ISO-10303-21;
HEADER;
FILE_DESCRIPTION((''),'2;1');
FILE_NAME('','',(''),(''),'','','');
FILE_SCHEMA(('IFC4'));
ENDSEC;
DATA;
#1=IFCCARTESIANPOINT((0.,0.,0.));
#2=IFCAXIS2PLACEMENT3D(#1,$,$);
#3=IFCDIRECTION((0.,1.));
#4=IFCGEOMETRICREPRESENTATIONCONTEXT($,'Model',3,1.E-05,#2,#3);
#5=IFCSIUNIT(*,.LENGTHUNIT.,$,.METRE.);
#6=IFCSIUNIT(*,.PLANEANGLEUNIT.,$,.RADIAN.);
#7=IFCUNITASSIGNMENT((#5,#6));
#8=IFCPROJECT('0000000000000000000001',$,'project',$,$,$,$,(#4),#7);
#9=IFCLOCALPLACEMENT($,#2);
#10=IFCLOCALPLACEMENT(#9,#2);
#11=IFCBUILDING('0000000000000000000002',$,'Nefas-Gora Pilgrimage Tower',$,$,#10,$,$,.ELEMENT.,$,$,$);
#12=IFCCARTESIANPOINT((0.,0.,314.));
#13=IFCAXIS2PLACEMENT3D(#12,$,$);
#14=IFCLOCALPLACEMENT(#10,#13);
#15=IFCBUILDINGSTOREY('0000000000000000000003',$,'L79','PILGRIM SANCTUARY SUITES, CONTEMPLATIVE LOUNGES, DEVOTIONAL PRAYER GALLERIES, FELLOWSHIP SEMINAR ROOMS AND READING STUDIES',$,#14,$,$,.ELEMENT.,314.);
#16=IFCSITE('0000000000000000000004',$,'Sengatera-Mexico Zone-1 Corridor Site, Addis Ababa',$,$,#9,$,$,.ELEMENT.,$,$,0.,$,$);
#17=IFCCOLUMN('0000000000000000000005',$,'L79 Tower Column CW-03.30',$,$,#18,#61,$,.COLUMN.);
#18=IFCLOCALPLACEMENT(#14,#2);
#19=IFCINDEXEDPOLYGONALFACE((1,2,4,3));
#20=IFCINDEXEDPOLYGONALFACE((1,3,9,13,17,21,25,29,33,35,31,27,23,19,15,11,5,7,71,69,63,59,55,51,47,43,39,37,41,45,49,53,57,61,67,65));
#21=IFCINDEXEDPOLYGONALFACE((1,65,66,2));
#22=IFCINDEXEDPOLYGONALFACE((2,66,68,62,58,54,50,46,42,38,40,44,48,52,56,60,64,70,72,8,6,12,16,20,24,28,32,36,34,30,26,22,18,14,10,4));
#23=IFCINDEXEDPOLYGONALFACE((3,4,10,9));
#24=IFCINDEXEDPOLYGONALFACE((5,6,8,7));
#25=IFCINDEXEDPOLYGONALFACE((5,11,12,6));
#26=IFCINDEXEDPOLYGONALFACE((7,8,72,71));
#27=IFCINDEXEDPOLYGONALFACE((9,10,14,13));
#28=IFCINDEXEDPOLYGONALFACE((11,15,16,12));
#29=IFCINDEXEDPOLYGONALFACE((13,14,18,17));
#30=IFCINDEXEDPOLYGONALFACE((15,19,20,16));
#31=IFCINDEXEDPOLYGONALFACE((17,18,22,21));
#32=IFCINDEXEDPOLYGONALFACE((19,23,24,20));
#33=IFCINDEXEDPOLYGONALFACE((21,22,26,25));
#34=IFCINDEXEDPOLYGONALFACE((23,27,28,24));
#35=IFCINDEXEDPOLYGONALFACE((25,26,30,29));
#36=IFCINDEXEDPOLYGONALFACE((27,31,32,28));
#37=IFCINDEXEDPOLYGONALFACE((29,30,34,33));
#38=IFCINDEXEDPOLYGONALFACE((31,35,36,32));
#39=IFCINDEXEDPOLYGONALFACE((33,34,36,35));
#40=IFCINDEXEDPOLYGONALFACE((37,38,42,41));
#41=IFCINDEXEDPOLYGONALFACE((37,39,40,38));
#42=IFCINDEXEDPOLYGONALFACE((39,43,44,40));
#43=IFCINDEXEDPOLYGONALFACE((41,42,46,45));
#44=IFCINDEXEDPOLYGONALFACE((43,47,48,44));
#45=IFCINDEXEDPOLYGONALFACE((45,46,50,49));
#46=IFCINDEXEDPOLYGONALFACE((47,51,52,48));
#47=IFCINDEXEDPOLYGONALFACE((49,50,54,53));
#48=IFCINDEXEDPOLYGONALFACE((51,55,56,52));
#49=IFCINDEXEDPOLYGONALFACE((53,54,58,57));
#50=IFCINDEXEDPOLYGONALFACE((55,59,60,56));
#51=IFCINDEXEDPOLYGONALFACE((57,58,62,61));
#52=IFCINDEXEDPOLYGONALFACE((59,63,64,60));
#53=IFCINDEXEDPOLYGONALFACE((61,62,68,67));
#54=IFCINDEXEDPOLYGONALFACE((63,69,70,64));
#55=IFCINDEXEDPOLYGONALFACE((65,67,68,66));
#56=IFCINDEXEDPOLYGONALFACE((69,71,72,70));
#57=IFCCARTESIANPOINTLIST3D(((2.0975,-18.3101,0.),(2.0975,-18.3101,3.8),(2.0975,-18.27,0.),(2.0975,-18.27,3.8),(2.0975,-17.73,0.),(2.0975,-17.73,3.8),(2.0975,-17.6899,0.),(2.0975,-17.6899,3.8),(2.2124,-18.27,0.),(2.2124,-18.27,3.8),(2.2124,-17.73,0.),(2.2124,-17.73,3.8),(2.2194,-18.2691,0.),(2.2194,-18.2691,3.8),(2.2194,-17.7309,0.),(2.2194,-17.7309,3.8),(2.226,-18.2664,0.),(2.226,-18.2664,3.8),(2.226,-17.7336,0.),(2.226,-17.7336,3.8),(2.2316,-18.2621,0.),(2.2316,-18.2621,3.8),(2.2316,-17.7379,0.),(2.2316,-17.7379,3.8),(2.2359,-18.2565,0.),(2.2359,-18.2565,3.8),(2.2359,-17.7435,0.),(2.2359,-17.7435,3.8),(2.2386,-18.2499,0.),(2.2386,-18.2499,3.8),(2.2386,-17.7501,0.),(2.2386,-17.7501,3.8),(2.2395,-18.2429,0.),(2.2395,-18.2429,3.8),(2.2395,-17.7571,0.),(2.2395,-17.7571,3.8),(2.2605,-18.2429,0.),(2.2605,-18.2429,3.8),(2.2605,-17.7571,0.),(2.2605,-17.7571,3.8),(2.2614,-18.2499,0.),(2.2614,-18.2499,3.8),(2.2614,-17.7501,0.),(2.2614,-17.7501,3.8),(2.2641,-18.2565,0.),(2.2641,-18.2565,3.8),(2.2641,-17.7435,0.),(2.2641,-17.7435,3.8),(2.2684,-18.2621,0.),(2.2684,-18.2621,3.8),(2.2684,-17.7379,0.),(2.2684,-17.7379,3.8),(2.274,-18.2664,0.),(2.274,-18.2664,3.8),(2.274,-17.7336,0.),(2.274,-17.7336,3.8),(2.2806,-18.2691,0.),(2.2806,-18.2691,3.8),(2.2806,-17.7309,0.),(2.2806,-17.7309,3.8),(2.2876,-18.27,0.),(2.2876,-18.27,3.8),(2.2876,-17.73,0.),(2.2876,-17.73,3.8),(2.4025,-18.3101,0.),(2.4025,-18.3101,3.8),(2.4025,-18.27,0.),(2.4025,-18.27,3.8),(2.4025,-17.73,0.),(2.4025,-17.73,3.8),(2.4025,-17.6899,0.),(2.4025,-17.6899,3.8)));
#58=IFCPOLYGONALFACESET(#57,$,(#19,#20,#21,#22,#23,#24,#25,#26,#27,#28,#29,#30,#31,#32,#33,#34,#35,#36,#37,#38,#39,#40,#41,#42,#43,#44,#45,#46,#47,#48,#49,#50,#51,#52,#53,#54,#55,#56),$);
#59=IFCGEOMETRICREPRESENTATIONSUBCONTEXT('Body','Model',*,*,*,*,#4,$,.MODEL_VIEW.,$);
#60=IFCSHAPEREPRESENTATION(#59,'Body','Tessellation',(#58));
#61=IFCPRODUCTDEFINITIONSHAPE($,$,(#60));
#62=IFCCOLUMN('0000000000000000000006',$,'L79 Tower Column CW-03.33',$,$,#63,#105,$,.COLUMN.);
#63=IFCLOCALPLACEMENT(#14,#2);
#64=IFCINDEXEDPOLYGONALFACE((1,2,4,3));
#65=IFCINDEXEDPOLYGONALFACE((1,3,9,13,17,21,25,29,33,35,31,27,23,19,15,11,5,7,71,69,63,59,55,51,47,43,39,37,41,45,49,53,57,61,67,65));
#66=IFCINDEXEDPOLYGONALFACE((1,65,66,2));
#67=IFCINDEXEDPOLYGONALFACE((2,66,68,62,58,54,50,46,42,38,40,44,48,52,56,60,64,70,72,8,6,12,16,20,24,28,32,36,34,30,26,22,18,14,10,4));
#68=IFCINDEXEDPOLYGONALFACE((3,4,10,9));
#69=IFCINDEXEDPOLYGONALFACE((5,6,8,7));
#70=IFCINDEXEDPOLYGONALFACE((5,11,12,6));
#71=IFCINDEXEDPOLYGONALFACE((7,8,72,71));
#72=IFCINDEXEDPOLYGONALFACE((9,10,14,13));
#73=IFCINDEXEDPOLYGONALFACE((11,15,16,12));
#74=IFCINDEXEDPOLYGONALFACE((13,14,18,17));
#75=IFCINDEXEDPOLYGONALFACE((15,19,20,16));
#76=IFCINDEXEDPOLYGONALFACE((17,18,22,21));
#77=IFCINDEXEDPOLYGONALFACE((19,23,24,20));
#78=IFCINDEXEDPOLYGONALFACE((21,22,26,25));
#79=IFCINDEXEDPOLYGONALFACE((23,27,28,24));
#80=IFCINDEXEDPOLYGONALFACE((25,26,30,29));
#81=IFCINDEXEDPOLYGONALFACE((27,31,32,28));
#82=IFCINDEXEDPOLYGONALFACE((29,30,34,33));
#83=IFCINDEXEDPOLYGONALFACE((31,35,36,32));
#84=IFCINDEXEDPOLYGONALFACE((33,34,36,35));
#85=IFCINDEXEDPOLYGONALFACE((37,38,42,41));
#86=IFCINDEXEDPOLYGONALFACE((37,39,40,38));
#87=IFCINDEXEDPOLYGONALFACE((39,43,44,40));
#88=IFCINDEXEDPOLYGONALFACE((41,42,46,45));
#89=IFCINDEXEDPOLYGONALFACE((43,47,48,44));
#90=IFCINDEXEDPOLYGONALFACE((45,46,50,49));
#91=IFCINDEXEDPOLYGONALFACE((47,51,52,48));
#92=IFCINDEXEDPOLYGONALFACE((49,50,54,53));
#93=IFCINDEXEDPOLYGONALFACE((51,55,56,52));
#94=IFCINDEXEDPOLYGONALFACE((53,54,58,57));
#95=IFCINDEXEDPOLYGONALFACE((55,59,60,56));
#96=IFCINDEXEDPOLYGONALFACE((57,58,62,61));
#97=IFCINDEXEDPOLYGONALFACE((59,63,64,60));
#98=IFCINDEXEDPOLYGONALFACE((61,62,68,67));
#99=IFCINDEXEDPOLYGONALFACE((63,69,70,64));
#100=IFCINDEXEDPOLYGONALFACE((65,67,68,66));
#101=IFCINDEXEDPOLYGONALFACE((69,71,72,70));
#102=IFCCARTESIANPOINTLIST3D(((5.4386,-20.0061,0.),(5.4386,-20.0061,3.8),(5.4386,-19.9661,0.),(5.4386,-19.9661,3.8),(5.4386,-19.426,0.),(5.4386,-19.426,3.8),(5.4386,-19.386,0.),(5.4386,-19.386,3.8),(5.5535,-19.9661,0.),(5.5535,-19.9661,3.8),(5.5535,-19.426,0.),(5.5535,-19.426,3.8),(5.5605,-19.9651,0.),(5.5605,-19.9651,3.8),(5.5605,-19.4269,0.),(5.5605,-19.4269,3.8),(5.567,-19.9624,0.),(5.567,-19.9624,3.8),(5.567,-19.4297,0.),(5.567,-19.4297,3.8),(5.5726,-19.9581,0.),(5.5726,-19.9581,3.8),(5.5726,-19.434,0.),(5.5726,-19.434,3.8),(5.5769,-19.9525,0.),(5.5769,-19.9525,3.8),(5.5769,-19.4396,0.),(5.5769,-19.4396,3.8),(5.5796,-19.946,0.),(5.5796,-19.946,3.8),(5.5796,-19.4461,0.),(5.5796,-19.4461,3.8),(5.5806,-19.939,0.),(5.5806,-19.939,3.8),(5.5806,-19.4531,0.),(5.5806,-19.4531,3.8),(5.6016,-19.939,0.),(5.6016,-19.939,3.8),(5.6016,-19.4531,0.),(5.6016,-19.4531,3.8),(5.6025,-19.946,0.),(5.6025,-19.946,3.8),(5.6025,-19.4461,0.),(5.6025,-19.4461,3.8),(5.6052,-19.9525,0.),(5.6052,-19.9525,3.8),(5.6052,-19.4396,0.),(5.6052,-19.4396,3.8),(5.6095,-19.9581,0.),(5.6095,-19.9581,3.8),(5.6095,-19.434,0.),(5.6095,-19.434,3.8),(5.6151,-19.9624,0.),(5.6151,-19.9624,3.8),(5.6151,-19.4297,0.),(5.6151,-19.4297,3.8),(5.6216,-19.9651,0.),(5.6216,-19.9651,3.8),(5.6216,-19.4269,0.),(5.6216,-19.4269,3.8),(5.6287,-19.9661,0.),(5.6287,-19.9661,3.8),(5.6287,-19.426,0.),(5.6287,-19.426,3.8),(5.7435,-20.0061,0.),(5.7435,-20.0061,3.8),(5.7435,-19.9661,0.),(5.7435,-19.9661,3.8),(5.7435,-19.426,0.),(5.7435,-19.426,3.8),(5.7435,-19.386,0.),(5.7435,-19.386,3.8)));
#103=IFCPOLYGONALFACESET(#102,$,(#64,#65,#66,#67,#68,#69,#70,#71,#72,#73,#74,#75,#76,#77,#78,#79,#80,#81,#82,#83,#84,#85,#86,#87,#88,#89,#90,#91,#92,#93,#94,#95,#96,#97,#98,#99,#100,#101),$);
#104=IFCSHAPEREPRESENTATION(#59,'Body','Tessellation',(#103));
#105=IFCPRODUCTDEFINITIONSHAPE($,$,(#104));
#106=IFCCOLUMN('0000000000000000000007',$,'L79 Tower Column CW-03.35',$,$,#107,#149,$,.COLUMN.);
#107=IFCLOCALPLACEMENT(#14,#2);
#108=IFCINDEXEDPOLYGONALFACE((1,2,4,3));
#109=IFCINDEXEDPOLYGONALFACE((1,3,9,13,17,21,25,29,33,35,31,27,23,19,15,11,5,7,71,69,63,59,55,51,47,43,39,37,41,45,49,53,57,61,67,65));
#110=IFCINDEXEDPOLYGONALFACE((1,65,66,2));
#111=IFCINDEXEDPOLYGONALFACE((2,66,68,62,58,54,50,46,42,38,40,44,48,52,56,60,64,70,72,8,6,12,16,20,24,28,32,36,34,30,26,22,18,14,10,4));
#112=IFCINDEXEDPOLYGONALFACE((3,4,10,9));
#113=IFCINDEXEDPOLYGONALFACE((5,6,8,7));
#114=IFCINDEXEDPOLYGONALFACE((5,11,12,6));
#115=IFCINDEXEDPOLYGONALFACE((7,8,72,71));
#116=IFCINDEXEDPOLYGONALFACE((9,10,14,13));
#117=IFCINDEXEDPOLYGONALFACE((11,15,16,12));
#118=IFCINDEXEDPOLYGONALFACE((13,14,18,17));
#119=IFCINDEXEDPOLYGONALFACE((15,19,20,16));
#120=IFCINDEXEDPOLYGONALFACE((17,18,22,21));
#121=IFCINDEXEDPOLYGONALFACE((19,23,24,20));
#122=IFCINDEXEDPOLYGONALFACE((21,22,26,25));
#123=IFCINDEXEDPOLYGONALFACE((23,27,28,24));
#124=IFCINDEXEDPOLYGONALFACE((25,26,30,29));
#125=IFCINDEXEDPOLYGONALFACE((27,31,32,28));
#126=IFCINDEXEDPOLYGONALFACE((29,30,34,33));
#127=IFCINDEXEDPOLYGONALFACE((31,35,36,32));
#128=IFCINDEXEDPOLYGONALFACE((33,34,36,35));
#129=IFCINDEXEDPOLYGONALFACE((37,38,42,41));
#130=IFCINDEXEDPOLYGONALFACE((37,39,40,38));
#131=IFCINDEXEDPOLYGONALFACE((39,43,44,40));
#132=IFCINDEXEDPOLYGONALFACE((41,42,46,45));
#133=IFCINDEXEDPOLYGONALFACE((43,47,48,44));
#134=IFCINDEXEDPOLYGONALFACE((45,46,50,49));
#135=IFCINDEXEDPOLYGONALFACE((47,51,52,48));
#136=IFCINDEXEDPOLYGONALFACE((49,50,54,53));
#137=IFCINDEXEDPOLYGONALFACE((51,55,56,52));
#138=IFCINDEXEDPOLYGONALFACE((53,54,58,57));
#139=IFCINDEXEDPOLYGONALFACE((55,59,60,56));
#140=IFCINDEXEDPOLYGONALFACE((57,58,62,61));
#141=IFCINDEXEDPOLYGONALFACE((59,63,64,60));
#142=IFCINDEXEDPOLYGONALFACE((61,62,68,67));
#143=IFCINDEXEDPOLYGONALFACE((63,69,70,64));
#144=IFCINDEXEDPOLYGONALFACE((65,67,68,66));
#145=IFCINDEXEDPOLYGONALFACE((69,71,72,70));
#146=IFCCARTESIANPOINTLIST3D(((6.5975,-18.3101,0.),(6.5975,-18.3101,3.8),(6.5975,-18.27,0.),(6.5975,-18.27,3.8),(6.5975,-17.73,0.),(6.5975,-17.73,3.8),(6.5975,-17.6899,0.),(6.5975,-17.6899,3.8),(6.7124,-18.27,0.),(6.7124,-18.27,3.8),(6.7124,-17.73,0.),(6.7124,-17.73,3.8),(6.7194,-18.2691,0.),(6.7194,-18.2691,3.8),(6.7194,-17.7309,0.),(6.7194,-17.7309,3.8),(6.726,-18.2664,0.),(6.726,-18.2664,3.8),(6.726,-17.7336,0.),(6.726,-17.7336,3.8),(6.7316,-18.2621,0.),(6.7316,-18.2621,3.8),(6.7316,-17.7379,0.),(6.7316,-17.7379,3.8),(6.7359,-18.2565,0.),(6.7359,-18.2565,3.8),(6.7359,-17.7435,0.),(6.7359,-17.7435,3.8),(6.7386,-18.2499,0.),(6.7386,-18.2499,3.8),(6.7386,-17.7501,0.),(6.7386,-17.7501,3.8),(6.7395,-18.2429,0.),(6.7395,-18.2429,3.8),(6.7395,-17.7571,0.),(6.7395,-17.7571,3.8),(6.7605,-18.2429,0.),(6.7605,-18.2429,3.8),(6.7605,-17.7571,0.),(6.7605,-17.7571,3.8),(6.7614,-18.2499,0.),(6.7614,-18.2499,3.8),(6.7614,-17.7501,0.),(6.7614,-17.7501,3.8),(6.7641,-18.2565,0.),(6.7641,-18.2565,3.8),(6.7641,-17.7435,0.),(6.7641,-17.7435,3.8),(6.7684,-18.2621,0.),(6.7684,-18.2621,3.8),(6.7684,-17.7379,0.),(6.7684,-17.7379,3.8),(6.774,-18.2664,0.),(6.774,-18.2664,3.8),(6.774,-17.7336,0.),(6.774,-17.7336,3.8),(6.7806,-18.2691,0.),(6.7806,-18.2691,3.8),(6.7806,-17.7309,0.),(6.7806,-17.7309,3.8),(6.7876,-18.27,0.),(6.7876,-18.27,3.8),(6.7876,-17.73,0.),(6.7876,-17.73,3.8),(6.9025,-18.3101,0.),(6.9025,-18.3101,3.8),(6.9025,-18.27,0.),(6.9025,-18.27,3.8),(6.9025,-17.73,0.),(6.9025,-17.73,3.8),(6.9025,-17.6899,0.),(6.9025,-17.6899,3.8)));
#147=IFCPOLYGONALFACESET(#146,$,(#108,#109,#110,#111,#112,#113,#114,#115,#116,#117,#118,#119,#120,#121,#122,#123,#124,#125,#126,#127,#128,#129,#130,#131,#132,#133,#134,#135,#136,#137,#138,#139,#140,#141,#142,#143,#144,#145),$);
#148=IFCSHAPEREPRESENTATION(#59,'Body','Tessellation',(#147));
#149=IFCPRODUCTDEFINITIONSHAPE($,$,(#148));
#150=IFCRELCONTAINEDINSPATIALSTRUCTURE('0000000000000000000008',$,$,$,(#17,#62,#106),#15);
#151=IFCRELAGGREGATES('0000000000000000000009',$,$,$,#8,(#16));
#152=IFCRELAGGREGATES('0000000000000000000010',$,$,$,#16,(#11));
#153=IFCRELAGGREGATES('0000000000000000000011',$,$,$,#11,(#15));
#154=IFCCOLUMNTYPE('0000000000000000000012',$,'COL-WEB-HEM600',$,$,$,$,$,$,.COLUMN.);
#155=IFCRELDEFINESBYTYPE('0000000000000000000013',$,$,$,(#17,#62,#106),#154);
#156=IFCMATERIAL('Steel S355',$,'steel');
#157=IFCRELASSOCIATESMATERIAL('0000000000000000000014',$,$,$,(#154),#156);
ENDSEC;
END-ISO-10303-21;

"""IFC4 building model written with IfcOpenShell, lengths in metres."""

from ifc_helpers import new_model, si_unit, direction, frame, origin, origin_2d, place, context, subcontext, project, spatial, i_section, extrude, source, transform, mapped, material, material_profile, profile_set, type_object, element, save


model = new_model("IFC4")

# Units and contexts
model_context = context("Model", 3, precision=1e-05, world=origin(), true_north=direction((0.0, 1.0)))
body_context = subcontext(model_context, "Body", "Model", "MODEL_VIEW")
ifc_project = project(units=[si_unit("LENGTHUNIT", "METRE"), si_unit("PLANEANGLEUNIT", "RADIAN")], contexts=[model_context])

# Site, building, storey
site_placement = place(None, origin())
site = spatial("IfcSite", under=ifc_project, at=site_placement, Name="Sengatera-Mexico Zone-1 Corridor Site, Addis Ababa", CompositionType="ELEMENT", RefElevation=0.0)
building_placement = place(site_placement, origin())
building = spatial("IfcBuilding", under=site, at=building_placement, Name="Nefas-Gora Pilgrimage Tower", CompositionType="ELEMENT")
storey_placement = place(building_placement, frame((0.0, 0.0, 314.0)))
storey = spatial("IfcBuildingStorey", under=building, at=storey_placement, Name="L79", Description="PILGRIM SANCTUARY SUITES, CONTEMPLATIVE LOUNGES, DEVOTIONAL PRAYER GALLERIES, FELLOWSHIP SEMINAR ROOMS AND READING STUDIES", CompositionType="ELEMENT", Elevation=314.0)

# Columns
ifc_material_1 = material(Name="Steel S355", Category="steel")
ifc_material_profile_1 = material_profile(ifc_material_1, i_section(OverallWidth=0.3049, OverallDepth=0.6201, WebThickness=0.021, FlangeThickness=0.04, FilletRadius=0.0271, at=origin_2d()), Name="HEM 600")
ifc_profile_set_1 = profile_set([ifc_material_profile_1], Name="Steel S355")
column_type_1 = type_object("IfcColumnType", Name="COL-WEB-HEM600", PredefinedType="COLUMN", material=ifc_profile_set_1)
shared_shape_1 = source(origin(), body_context, "Body", "SweptSolid", [
    extrude(i_section(OverallWidth=0.3049, OverallDepth=0.6201, WebThickness=0.021, FlangeThickness=0.04, FilletRadius=0.0271, at=origin_2d()), origin(), (0.0, 0.0, 1.0), 3.8),
])
for number, where, z_axis, x_axis, name in (
    (1, (2.25, -18.0, 0.0), (0.0, 0.0, 1.0), (1.0, 0.0, 0.0), "L79 Tower Column CW-03.30"),
    (2, (5.5911, -19.696, 0.0), (0.0, 0.0, 1.0), (1.0, 0.0, 0.0), "L79 Tower Column CW-03.33"),
    (3, (6.75, -18.0, 0.0), (0.0, 0.0, 1.0), (1.0, 0.0, 0.0), "L79 Tower Column CW-03.35"),
):
    element("IfcColumn", number, at=place(storey_placement, frame(where, z_axis=z_axis, x_axis=x_axis)), inside=storey, type_object=column_type_1, Name=name, PredefinedType="COLUMN", context=body_context, shape_type="MappedRepresentation", body=[
        mapped(shared_shape_1, transform((0.0, 0.0, 0.0), x_axis=(1.0, 0.0, 0.0), y_axis=(0.0, 1.0, 0.0), z_axis=(0.0, 0.0, 1.0), scale=1.0)),
    ])

save(model, "model.ifc")
